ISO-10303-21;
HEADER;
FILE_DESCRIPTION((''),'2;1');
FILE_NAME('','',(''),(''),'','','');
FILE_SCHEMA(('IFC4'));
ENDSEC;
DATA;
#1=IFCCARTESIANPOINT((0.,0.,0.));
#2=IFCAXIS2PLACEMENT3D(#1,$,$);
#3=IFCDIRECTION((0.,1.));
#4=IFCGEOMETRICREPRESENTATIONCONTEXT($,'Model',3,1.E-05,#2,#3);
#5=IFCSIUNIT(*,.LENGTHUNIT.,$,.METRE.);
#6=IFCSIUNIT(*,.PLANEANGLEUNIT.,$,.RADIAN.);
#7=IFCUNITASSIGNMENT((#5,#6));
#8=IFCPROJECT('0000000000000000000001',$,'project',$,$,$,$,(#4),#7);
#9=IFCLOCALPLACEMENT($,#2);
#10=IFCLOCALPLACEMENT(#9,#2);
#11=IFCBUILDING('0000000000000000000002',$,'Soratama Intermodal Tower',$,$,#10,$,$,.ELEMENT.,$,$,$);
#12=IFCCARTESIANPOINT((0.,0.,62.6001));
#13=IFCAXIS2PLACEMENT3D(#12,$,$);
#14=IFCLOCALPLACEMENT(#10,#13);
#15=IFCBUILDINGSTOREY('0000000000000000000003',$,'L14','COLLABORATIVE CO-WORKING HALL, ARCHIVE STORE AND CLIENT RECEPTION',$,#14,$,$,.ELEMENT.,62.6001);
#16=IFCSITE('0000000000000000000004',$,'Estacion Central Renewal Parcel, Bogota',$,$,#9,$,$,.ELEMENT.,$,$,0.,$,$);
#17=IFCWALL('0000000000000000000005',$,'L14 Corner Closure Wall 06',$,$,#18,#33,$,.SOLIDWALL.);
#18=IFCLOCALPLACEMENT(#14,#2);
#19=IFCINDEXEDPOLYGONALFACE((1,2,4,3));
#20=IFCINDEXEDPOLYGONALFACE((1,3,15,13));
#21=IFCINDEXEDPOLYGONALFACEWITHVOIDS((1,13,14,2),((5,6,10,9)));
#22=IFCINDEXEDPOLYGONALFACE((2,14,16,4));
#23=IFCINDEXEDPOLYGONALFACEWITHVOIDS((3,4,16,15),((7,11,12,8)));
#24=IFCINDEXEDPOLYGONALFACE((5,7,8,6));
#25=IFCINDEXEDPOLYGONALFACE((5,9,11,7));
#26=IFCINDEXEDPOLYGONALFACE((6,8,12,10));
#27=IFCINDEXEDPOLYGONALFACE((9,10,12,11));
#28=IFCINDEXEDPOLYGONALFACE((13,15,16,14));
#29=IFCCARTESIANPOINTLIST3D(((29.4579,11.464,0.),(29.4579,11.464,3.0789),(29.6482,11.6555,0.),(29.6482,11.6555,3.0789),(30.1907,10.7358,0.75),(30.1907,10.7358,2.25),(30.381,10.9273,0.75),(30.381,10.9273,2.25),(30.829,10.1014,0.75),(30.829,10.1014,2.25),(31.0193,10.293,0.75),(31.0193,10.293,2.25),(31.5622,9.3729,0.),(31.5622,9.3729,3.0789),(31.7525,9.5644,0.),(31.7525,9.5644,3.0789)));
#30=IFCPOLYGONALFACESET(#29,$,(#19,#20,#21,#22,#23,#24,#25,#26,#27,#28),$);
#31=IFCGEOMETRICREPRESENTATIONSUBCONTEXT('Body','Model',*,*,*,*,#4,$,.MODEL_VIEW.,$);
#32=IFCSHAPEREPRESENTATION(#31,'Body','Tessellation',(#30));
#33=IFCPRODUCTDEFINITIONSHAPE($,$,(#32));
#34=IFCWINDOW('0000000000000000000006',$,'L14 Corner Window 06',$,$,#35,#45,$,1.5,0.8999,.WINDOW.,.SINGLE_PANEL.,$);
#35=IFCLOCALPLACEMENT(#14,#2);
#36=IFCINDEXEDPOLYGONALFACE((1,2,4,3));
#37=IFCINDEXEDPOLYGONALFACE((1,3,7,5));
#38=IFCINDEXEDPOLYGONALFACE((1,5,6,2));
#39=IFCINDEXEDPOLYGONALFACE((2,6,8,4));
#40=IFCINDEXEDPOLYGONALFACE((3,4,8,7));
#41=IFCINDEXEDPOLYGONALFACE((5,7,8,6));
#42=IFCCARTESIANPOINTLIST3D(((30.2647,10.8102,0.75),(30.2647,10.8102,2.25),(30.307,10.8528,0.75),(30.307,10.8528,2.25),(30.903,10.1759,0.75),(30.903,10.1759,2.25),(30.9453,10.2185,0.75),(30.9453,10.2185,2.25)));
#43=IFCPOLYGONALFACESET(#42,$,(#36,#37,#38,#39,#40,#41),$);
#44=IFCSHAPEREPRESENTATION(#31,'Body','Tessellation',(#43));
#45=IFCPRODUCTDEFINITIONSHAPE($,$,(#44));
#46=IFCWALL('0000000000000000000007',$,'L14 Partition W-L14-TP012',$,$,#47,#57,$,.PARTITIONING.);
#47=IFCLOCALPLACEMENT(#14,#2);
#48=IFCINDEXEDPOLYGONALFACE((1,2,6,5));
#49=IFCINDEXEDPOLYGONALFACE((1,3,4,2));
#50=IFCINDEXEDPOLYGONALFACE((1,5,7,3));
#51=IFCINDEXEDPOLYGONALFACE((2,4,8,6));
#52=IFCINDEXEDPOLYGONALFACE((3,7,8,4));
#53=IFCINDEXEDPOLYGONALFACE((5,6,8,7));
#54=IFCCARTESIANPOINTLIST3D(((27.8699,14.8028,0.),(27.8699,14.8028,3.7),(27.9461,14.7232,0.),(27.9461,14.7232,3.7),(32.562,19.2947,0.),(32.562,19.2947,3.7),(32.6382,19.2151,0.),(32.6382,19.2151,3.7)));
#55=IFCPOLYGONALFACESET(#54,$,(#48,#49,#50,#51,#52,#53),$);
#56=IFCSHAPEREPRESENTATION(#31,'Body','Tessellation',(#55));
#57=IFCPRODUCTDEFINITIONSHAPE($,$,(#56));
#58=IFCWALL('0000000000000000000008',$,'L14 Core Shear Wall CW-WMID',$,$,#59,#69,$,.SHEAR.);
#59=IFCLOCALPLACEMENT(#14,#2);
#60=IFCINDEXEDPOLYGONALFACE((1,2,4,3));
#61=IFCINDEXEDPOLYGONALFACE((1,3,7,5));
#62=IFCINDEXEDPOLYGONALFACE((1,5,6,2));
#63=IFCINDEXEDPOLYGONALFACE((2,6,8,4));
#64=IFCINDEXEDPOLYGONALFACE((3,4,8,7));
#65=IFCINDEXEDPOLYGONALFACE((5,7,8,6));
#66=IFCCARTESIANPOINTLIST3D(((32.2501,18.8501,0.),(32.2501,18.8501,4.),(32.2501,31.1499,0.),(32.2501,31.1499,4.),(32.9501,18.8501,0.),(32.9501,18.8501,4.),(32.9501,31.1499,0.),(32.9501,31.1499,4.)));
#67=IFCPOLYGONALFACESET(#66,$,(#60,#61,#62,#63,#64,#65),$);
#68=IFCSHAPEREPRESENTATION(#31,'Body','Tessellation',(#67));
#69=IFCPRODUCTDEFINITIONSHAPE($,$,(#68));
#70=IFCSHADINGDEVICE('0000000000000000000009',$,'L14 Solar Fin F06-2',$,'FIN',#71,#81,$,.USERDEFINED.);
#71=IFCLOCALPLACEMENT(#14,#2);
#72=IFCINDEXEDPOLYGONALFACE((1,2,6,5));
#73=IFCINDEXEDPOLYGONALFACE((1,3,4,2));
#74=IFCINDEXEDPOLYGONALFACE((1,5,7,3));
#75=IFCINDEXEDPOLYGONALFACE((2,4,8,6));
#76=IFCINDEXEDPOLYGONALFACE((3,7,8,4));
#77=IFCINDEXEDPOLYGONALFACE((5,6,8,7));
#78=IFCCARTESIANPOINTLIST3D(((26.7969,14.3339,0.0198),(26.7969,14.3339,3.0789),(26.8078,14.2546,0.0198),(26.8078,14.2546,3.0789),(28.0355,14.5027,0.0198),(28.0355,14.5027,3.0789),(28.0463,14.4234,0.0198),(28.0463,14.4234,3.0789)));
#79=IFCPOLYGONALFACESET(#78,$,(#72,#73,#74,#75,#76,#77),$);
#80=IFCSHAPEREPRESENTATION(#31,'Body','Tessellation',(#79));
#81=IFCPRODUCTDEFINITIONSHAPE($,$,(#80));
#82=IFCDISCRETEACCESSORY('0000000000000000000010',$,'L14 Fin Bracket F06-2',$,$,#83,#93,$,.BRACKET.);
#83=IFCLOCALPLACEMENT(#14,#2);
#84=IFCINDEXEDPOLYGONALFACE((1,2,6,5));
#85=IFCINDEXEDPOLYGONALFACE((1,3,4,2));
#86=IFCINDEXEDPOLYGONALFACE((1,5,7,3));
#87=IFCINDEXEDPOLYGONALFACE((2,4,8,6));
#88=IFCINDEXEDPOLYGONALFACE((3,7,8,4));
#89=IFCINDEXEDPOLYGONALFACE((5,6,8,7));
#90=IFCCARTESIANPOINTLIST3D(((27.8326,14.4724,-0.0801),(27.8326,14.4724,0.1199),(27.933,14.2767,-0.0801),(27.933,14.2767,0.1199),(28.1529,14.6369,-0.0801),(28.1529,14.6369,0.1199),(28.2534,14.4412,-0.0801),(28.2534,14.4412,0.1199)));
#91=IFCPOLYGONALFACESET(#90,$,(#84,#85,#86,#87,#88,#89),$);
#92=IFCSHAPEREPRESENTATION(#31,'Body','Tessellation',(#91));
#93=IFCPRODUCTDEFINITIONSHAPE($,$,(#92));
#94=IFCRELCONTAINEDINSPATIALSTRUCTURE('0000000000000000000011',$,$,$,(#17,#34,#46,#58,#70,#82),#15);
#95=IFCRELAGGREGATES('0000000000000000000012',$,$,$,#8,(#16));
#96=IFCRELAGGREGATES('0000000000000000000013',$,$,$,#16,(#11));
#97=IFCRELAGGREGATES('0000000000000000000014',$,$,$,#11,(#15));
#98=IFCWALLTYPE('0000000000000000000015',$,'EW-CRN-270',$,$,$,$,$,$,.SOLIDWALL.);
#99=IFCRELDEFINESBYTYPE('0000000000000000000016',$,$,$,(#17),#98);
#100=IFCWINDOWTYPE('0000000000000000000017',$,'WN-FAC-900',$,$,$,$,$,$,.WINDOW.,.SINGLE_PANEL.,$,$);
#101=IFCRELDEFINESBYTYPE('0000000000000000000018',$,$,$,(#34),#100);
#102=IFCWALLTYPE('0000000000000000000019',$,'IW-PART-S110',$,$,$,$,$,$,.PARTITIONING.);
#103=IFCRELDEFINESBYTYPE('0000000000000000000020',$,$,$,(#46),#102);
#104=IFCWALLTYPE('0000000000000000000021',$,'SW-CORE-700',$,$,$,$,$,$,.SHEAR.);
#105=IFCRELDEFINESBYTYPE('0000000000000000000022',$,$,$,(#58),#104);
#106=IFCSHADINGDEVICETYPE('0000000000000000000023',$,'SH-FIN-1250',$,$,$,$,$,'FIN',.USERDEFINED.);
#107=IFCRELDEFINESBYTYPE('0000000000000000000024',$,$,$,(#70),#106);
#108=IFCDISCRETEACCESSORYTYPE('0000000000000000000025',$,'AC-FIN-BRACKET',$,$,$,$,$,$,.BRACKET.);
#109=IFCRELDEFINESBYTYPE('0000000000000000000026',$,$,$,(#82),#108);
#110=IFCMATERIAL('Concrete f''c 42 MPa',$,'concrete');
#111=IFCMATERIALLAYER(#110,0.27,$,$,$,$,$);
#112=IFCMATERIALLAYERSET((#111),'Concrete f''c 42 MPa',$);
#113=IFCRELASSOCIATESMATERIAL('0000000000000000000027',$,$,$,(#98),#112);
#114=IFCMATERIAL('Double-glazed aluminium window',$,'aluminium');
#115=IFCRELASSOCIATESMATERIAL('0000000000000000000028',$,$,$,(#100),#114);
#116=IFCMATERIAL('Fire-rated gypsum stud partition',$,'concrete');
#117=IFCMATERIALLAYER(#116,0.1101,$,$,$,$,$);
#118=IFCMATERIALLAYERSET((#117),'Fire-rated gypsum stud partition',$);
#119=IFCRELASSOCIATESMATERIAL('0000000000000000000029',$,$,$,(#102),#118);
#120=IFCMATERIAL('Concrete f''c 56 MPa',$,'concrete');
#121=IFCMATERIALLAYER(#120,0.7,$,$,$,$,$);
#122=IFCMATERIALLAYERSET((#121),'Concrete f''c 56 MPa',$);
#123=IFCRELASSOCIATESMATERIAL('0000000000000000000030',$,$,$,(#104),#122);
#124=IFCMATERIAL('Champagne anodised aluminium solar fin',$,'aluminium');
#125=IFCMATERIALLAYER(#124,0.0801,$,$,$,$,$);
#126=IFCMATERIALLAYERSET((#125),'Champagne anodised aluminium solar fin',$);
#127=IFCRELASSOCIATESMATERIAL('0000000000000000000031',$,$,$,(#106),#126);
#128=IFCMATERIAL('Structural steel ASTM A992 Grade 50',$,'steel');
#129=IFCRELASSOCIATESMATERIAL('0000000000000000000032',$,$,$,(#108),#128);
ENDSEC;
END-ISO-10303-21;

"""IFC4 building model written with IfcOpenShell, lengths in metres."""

from ifc_helpers import new_model, si_unit, direction, frame, frame_2d, origin, origin_2d, place, context, subcontext, project, spatial, rectangle, extrude, material, layer, layer_set, type_object, element, fill, save


model = new_model("IFC4")

# Units and contexts
model_context = context("Model", 3, precision=1e-05, world=origin(), true_north=direction((0.0, 1.0)))
body_context = subcontext(model_context, "Body", "Model", "MODEL_VIEW")
ifc_project = project(units=[si_unit("LENGTHUNIT", "METRE"), si_unit("PLANEANGLEUNIT", "RADIAN")], contexts=[model_context])

# Site, building, storey
site_placement = place(None, origin())
site = spatial("IfcSite", under=ifc_project, at=site_placement, Name="Estacion Central Renewal Parcel, Bogota", CompositionType="ELEMENT", RefElevation=0.0)
building_placement = place(site_placement, origin())
building = spatial("IfcBuilding", under=site, at=building_placement, Name="Soratama Intermodal Tower", CompositionType="ELEMENT")
storey_placement = place(building_placement, frame((0.0, 0.0, 62.6001)))
storey = spatial("IfcBuildingStorey", under=building, at=storey_placement, Name="L14", Description="COLLABORATIVE CO-WORKING HALL, ARCHIVE STORE AND CLIENT RECEPTION", CompositionType="ELEMENT", Elevation=62.6001)

# Wall, opening, window
ifc_material_1 = material(Name="Concrete f'c 42 MPa", Category="concrete")
ifc_layer_1 = layer(ifc_material_1, 0.27)
ifc_layer_set_1 = layer_set([ifc_layer_1], Name="Concrete f'c 42 MPa")
wall_type_1 = type_object("IfcWallType", Name="EW-CRN-270", PredefinedType="SOLIDWALL", material=ifc_layer_set_1)
wall_1_placement = place(storey_placement, frame((29.553, 11.5598, 0.0), z_axis=(0.0, 0.0, 1.0), x_axis=(0.709325, -0.704881, 0.0)))
wall_1 = element("IfcWall", 1, at=wall_1_placement, inside=storey, type_object=wall_type_1, Name="L14 Corner Closure Wall 06", PredefinedType="SOLIDWALL", context=body_context, shape_type="SweptSolid", body=[
    extrude(rectangle(XDim=2.9666, YDim=0.27, at=frame_2d((1.4834, 0.0))), origin(), (0.0, 0.0, 1.0), 3.0789),
])
opening_1_placement = place(wall_1_placement, frame((1.0332, 0.0, 0.75)))
opening_1 = element("IfcOpeningElement", 2, at=opening_1_placement, cuts=wall_1, PredefinedType="OPENING", context=body_context, shape_type="SweptSolid", body=[
    extrude(rectangle(XDim=0.8999, YDim=1.5, at=frame_2d((0.45, 0.75))), frame((0.0, 0.145, 0.0), z_axis=(0.0, -1.0, 0.0), x_axis=(1.0, 0.0, 0.0)), (0.0, 0.0, 1.0), 0.29),
])
ifc_material_2 = material(Name="Double-glazed aluminium window", Category="aluminium")
window_type = type_object("IfcWindowType", Name="WN-FAC-900", PartitioningType="SINGLE_PANEL", PredefinedType="WINDOW", material=ifc_material_2)
window_placement = place(opening_1_placement, origin())
window = element("IfcWindow", 3, at=window_placement, inside=storey, type_object=window_type, Name="L14 Corner Window 06", OverallHeight=1.5, OverallWidth=0.8999, PartitioningType="SINGLE_PANEL", PredefinedType="WINDOW", context=body_context, shape_type="SweptSolid", body=[
    extrude(rectangle(XDim=0.8999, YDim=1.5, at=frame_2d((0.45, 0.75))), frame((0.0, 0.03, 0.0), z_axis=(0.0, -1.0, 0.0), x_axis=(1.0, 0.0, 0.0)), (0.0, 0.0, 1.0), 0.0601),
])
fill(opening_1, window)

# Walls
ifc_material_3 = material(Name="Fire-rated gypsum stud partition", Category="concrete")
ifc_layer_2 = layer(ifc_material_3, 0.1101)
ifc_layer_set_2 = layer_set([ifc_layer_2], Name="Fire-rated gypsum stud partition")
wall_type_2 = type_object("IfcWallType", Name="IW-PART-S110", PredefinedType="PARTITIONING", material=ifc_layer_set_2)
wall_2_placement = place(storey_placement, frame((32.6001, 19.2549, 0.0), z_axis=(0.0, 0.0, 1.0), x_axis=(-0.722349, -0.691529, 0.0)))
element("IfcWall", 4, at=wall_2_placement, inside=storey, type_object=wall_type_2, Name="L14 Partition W-L14-TP012", PredefinedType="PARTITIONING", context=body_context, shape_type="SweptSolid", body=[
    extrude(rectangle(XDim=6.4956, YDim=0.1101, at=frame_2d((3.2478, 0.0))), origin(), (0.0, 0.0, 1.0), 3.7),
])
ifc_material_4 = material(Name="Concrete f'c 56 MPa", Category="concrete")
ifc_layer_3 = layer(ifc_material_4, 0.7)
ifc_layer_set_3 = layer_set([ifc_layer_3], Name="Concrete f'c 56 MPa")
wall_type_3 = type_object("IfcWallType", Name="SW-CORE-700", PredefinedType="SHEAR", material=ifc_layer_set_3)
wall_3_placement = place(storey_placement, frame((32.6001, 18.8501, 0.0), z_axis=(0.0, 0.0, 1.0), x_axis=(0.0, 1.0, 0.0)))
element("IfcWall", 5, at=wall_3_placement, inside=storey, type_object=wall_type_3, Name="L14 Core Shear Wall CW-WMID", PredefinedType="SHEAR", context=body_context, shape_type="SweptSolid", body=[
    extrude(rectangle(XDim=12.2998, YDim=0.7, at=frame_2d((6.1499, 0.0))), origin(), (0.0, 0.0, 1.0), 4.0),
])

# Shading device
ifc_material_5 = material(Name="Champagne anodised aluminium solar fin", Category="aluminium")
ifc_layer_4 = layer(ifc_material_5, 0.0801)
ifc_layer_set_4 = layer_set([ifc_layer_4], Name="Champagne anodised aluminium solar fin")
shading_device_type = type_object("IfcShadingDeviceType", Name="SH-FIN-1250", ElementType="FIN", PredefinedType="USERDEFINED", material=ifc_layer_set_4)
shading_device_placement = place(storey_placement, frame((27.4216, 14.3787, 0.0198), z_axis=(0.0, 0.0, 1.0), x_axis=(-0.990842, -0.135024, 0.0)))
element("IfcShadingDevice", 6, at=shading_device_placement, inside=storey, type_object=shading_device_type, Name="L14 Solar Fin F06-2", ObjectType="FIN", PredefinedType="USERDEFINED", context=body_context, shape_type="SweptSolid", body=[
    extrude(rectangle(XDim=1.25, YDim=0.0801, at=origin_2d()), origin(), (0.0, 0.0, 1.0), 3.0591),
])

# Discrete accessory
ifc_material_6 = material(Name="Structural steel ASTM A992 Grade 50", Category="steel")
discrete_accessory_type = type_object("IfcDiscreteAccessoryType", Name="AC-FIN-BRACKET", PredefinedType="BRACKET", material=ifc_material_6)
discrete_accessory_placement = place(storey_placement, frame((28.043, 14.4568, -0.0801), z_axis=(0.0, 0.0, 1.0), x_axis=(-0.889576, -0.456787, 0.0)))
element("IfcDiscreteAccessory", 7, at=discrete_accessory_placement, inside=storey, type_object=discrete_accessory_type, Name="L14 Fin Bracket F06-2", PredefinedType="BRACKET", context=body_context, shape_type="SweptSolid", body=[
    extrude(rectangle(XDim=0.3601, YDim=0.22, at=origin_2d()), origin(), (0.0, 0.0, 1.0), 0.2),
])

save(model, "model.ifc")
